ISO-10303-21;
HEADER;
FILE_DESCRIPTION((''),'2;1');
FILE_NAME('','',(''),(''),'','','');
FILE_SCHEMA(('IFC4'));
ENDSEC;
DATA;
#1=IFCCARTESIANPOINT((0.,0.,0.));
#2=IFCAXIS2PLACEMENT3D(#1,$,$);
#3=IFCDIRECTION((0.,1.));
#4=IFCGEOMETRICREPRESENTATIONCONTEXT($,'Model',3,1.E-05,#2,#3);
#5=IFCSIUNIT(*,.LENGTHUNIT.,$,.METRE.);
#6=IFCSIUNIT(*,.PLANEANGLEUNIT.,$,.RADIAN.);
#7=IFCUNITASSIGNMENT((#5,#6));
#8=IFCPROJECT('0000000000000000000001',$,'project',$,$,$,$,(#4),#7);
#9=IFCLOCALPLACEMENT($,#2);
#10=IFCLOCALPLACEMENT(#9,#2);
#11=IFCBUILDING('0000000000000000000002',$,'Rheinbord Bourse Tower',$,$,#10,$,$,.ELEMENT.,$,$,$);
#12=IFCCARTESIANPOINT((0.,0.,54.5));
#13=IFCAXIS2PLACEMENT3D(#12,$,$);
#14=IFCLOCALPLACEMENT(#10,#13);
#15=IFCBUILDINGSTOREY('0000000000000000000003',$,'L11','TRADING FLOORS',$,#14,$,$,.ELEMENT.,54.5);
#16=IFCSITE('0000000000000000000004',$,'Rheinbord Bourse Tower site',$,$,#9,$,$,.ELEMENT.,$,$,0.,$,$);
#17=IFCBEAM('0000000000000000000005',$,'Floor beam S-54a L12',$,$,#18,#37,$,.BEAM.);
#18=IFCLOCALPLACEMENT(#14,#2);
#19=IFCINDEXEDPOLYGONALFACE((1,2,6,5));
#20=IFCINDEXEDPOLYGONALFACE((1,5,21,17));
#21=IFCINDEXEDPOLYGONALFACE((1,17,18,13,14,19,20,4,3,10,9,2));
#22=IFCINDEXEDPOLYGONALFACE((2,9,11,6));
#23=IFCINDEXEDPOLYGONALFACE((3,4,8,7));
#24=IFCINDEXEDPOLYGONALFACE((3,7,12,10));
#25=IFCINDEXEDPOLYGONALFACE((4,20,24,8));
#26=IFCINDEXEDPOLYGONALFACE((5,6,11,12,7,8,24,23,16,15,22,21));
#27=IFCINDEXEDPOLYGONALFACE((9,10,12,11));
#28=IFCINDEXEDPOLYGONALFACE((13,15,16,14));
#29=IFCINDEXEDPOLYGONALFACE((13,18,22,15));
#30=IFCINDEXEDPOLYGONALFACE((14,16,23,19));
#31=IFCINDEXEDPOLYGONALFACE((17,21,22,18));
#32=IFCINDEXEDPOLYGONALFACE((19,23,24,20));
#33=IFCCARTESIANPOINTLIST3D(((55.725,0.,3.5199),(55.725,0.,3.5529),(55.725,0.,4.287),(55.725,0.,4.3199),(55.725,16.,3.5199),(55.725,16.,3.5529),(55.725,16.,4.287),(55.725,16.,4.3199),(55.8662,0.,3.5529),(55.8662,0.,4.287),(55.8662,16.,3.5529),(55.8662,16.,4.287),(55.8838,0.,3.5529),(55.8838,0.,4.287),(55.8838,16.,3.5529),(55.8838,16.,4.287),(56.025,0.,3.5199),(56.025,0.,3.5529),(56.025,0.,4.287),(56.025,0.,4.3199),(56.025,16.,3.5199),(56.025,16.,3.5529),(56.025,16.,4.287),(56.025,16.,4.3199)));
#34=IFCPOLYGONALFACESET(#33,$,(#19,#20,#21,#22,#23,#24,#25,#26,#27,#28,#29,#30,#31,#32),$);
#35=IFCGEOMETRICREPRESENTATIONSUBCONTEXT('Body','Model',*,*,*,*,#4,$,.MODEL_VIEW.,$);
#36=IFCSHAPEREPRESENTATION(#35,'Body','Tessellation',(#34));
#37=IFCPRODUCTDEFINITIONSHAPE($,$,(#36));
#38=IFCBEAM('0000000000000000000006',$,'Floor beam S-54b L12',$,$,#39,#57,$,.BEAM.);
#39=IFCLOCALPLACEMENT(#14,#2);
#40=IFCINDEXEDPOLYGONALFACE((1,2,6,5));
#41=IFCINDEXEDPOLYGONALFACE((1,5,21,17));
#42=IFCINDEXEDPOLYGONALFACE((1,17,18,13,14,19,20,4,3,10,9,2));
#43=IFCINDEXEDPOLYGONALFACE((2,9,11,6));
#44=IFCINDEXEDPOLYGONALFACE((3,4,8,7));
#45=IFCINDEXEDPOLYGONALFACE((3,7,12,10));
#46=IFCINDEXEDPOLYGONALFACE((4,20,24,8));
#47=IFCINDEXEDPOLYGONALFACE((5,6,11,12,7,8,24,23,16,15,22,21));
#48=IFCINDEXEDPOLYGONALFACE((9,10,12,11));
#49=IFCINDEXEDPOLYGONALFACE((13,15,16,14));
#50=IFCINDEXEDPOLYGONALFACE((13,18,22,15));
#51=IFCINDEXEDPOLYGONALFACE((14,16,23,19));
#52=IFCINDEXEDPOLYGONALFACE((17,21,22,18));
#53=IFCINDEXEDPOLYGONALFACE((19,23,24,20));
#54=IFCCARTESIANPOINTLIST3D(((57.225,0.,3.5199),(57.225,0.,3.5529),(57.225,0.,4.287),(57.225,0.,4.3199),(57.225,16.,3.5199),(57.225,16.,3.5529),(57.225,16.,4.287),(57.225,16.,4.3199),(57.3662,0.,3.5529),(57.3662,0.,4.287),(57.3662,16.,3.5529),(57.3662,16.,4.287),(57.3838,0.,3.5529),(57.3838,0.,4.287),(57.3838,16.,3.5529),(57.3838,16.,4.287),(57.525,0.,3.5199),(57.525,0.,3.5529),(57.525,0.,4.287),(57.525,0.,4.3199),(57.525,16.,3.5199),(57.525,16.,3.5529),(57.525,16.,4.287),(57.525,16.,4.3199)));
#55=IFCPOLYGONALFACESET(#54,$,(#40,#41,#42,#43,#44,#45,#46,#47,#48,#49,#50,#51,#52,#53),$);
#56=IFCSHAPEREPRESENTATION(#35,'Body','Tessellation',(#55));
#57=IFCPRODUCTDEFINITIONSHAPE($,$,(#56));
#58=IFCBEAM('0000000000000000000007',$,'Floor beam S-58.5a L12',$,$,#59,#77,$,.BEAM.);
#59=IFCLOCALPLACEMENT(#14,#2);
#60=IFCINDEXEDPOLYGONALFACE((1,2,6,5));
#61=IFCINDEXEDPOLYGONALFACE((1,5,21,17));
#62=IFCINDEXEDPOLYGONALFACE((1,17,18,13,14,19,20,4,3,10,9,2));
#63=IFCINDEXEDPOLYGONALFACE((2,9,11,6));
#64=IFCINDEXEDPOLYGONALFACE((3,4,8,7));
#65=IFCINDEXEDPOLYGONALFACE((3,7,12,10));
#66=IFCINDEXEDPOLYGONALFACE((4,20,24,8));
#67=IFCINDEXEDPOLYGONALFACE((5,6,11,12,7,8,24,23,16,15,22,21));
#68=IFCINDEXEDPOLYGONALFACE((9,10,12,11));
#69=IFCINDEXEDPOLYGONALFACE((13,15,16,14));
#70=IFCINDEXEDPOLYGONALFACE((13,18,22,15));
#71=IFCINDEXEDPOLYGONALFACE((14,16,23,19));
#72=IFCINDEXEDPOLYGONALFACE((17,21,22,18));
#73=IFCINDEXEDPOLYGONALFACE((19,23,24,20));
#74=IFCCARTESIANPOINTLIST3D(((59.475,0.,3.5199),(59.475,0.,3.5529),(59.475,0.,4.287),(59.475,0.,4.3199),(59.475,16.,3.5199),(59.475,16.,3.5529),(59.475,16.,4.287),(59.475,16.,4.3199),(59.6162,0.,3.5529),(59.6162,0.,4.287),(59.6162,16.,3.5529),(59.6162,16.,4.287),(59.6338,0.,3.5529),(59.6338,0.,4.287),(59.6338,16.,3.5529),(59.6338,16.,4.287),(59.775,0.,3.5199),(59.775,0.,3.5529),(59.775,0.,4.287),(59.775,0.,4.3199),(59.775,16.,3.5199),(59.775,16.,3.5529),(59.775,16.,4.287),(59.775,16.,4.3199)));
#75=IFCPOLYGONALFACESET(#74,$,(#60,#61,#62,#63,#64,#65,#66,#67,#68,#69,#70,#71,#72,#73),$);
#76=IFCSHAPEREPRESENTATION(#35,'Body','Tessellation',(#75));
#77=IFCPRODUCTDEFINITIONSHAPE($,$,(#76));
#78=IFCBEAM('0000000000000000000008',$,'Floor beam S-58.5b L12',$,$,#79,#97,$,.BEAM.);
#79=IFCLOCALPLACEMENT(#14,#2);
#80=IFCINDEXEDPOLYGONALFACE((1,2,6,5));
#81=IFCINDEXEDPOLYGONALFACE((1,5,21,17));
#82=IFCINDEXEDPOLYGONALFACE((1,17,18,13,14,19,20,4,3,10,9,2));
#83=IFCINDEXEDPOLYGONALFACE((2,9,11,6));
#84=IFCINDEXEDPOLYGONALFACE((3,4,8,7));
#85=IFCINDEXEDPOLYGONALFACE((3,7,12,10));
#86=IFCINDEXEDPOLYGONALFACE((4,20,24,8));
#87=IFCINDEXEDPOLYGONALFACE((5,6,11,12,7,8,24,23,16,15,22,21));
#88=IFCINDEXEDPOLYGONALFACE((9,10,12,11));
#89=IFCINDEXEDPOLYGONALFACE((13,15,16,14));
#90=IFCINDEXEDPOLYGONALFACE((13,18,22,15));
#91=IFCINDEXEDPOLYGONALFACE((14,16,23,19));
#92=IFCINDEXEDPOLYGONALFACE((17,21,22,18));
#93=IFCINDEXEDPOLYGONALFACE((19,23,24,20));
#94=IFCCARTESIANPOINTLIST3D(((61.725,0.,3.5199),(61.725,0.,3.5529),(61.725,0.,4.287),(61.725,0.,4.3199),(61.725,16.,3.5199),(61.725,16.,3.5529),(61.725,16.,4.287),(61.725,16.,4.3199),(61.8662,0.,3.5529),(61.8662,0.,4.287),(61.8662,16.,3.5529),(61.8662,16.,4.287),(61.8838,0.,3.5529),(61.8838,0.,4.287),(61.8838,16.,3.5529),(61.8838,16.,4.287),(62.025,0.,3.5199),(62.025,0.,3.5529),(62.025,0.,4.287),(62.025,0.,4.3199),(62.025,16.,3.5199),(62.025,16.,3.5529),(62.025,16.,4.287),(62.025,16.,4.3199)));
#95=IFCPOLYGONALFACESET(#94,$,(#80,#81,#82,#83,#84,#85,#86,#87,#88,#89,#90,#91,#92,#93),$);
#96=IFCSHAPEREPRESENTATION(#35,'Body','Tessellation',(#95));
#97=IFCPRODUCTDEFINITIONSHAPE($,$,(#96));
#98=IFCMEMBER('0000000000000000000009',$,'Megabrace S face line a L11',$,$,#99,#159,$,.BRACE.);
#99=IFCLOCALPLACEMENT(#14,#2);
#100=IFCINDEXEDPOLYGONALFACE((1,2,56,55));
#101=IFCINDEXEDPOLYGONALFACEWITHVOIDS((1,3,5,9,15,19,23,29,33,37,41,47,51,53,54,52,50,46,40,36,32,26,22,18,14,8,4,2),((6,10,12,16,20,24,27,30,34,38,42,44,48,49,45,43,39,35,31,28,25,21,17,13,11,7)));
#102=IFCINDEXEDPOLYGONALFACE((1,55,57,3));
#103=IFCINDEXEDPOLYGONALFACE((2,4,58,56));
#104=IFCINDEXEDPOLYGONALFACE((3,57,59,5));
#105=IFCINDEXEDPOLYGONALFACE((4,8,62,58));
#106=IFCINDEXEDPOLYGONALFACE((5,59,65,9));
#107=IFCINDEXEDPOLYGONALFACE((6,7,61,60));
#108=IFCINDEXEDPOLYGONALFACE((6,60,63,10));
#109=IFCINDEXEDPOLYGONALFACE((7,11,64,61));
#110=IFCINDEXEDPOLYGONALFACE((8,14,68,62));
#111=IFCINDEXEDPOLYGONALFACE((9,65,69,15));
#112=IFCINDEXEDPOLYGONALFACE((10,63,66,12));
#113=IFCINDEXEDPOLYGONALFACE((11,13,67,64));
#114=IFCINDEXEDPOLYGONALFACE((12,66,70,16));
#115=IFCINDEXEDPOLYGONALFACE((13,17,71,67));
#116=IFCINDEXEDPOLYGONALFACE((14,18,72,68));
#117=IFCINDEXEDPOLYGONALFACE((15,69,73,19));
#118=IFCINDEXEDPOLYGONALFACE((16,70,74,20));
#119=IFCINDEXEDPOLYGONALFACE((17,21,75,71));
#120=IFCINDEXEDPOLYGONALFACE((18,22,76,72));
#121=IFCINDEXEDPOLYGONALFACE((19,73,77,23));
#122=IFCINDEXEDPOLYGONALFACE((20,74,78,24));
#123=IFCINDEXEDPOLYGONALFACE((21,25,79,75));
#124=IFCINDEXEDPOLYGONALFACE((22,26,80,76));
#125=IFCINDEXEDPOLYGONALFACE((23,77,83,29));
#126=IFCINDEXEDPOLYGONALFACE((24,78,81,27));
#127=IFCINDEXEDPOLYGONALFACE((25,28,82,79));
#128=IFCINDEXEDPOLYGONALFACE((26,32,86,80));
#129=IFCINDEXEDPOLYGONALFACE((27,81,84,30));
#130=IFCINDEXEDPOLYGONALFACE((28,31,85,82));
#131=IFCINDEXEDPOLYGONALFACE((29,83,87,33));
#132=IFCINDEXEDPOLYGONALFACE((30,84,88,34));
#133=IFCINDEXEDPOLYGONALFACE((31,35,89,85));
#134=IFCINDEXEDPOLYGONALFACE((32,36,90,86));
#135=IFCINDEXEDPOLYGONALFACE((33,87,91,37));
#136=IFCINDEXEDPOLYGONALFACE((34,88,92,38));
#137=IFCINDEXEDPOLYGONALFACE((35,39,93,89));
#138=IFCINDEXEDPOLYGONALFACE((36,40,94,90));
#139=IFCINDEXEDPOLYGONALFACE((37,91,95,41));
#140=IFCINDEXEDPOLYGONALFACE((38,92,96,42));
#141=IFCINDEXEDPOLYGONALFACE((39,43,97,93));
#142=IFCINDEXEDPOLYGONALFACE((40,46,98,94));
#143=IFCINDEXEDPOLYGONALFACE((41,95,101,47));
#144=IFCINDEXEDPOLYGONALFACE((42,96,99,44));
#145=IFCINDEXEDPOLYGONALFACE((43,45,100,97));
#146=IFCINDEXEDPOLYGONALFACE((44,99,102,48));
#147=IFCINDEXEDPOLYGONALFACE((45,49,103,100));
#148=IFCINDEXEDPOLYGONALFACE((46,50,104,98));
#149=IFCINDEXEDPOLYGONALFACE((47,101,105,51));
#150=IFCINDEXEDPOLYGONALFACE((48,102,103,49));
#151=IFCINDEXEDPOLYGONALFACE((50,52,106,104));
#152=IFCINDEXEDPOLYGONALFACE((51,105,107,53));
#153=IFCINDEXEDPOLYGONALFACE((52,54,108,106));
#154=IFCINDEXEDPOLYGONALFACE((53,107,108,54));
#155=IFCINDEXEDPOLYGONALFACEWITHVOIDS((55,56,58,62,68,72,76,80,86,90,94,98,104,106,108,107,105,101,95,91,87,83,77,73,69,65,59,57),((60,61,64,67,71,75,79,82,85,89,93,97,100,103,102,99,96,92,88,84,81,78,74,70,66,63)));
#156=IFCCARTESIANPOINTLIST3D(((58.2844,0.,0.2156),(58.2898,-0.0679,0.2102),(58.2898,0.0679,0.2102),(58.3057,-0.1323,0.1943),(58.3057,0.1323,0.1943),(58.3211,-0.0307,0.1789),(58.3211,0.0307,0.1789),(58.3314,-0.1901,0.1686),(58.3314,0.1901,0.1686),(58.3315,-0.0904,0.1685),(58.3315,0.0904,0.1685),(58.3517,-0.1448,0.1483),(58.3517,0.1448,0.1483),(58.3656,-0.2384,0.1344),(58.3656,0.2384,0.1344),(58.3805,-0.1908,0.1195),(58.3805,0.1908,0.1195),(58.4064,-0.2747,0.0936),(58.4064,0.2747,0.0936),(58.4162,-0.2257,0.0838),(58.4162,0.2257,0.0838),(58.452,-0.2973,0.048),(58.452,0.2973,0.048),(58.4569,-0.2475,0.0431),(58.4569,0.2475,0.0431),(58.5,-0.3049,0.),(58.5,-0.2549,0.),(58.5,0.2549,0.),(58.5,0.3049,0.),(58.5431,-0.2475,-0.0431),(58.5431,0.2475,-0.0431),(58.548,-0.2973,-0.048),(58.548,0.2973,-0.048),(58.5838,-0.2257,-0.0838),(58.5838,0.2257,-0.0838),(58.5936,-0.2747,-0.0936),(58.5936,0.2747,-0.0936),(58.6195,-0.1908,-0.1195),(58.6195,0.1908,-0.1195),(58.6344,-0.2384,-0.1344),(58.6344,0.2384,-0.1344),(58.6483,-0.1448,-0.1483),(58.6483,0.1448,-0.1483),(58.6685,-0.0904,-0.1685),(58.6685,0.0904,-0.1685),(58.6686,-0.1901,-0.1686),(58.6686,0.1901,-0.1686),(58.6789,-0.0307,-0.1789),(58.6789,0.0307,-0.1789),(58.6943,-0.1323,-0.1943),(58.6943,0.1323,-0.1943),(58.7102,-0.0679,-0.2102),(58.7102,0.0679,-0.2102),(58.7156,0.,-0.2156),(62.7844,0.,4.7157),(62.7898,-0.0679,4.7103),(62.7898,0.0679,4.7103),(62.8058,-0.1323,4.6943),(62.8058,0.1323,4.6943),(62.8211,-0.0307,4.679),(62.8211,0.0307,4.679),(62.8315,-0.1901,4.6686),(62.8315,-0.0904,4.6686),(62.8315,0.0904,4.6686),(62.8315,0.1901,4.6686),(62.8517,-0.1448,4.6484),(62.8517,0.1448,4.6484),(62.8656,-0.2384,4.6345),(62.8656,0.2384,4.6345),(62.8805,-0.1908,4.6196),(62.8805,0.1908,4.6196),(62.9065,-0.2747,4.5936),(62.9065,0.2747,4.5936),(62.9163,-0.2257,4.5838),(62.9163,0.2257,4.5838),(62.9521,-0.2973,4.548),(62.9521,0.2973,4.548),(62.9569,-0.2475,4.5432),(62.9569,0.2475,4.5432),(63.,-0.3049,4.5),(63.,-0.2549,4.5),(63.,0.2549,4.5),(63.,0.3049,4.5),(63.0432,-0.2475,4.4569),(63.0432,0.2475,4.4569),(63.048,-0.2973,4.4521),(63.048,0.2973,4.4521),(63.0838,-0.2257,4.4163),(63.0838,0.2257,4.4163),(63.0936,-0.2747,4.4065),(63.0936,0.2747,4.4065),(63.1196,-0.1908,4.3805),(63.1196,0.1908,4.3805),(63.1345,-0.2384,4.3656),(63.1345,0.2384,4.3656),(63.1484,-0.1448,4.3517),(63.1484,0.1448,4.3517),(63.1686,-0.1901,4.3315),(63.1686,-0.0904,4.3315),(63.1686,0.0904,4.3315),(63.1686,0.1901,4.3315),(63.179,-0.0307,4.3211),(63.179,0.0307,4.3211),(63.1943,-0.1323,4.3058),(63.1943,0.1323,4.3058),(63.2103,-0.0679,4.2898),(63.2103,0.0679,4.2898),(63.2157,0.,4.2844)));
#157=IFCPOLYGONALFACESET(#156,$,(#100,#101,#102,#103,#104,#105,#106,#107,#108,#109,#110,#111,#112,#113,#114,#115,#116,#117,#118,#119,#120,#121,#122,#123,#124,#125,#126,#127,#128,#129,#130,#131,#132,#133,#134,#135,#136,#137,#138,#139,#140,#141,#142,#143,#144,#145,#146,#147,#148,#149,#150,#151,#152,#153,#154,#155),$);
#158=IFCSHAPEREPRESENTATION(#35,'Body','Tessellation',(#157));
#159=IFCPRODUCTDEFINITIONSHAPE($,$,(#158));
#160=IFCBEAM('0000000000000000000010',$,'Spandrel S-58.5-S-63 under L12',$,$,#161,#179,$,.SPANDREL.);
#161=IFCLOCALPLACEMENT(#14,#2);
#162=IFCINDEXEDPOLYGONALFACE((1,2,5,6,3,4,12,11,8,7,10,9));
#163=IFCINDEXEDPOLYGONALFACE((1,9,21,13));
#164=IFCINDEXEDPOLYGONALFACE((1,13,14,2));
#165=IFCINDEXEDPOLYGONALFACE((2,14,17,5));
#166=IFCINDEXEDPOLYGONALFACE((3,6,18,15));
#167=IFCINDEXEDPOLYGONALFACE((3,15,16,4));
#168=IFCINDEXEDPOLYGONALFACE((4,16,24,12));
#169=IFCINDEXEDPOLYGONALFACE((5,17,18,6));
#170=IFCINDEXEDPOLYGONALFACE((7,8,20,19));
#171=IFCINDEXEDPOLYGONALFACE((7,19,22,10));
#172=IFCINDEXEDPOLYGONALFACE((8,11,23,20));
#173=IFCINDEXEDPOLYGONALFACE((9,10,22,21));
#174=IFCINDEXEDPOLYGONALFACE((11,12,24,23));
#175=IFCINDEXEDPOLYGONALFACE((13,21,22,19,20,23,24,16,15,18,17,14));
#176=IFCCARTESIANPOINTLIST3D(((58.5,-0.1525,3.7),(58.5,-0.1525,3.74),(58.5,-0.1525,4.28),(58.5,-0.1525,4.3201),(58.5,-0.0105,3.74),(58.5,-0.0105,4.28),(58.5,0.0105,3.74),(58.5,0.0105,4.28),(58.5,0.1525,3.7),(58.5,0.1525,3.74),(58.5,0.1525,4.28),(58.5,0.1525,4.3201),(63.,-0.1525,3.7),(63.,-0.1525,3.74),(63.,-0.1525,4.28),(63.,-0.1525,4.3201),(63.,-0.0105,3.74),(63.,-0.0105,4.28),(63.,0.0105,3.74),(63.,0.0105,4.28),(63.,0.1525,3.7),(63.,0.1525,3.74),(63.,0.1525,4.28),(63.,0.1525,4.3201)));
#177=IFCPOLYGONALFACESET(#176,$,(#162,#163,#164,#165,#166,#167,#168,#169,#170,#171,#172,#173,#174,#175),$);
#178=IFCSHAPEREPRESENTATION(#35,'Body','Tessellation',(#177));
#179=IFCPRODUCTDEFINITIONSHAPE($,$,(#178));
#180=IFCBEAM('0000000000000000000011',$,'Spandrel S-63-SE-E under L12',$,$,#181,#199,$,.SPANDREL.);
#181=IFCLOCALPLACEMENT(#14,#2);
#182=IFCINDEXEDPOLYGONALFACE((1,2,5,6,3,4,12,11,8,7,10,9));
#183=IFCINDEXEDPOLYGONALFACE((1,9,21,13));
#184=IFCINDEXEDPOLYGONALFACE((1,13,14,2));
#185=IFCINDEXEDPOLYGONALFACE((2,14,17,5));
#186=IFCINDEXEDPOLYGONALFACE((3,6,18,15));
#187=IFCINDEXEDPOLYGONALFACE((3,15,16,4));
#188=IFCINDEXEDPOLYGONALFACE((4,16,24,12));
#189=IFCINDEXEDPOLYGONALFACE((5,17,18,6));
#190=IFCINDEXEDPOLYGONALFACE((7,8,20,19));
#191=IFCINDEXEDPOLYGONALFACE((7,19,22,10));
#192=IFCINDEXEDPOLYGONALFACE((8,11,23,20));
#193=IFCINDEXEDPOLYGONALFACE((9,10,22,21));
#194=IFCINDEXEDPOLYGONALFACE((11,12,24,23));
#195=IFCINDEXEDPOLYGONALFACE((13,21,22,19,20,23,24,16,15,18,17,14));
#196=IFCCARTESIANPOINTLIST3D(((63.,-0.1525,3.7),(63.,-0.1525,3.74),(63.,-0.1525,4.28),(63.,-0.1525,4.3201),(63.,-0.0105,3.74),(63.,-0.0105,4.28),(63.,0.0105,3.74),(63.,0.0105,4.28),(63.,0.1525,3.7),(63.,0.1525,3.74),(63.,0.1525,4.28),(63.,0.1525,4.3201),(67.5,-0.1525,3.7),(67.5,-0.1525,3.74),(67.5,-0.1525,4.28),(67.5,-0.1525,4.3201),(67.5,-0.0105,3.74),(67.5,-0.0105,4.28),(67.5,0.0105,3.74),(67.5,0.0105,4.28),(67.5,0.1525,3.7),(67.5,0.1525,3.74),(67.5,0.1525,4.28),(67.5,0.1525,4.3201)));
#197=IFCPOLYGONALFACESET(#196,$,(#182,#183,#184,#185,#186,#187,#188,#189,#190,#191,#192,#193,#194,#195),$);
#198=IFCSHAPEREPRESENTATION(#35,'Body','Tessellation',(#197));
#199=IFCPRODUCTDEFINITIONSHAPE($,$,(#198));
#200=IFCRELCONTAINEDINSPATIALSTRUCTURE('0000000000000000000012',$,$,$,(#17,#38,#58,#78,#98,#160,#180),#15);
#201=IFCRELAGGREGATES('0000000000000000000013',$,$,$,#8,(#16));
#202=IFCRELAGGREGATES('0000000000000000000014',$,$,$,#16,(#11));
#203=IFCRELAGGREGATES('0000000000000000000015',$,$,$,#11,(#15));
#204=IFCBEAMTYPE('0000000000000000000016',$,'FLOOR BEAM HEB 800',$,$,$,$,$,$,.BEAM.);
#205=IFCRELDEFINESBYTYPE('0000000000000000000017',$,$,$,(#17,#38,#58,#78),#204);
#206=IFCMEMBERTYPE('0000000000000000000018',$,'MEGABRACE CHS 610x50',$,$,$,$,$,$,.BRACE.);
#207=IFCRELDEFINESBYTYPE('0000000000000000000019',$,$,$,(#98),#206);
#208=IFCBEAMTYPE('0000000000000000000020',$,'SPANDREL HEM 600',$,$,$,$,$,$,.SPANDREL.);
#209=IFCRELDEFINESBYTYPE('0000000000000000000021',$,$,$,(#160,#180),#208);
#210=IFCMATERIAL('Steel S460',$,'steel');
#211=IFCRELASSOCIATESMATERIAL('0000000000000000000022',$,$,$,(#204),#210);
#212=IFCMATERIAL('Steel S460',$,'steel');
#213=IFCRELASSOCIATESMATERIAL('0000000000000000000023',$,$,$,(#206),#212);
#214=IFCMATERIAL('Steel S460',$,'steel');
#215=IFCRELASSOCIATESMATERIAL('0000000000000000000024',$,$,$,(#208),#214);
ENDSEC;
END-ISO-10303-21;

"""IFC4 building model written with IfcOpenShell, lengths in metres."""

from ifc_helpers import new_model, si_unit, direction, frame, origin, origin_2d, place, context, subcontext, project, spatial, hollow_circle, i_section, extrude, material, material_profile, profile_set, type_object, element, save


model = new_model("IFC4")

# Units and contexts
model_context = context("Model", 3, precision=1e-05, world=origin(), true_north=direction((0.0, 1.0)))
body_context = subcontext(model_context, "Body", "Model", "MODEL_VIEW")
ifc_project = project(units=[si_unit("LENGTHUNIT", "METRE"), si_unit("PLANEANGLEUNIT", "RADIAN")], contexts=[model_context])

# Site, building, storey
site_placement = place(None, origin())
site = spatial("IfcSite", under=ifc_project, at=site_placement, Name="Rheinbord Bourse Tower site", CompositionType="ELEMENT", RefElevation=0.0)
building_placement = place(site_placement, origin())
building = spatial("IfcBuilding", under=site, at=building_placement, Name="Rheinbord Bourse Tower", CompositionType="ELEMENT")
storey_placement = place(building_placement, frame((0.0, 0.0, 54.5)))
storey = spatial("IfcBuildingStorey", under=building, at=storey_placement, Name="L11", Description="TRADING FLOORS", CompositionType="ELEMENT", Elevation=54.5)

# Beams
ifc_material_1 = material(Name="Steel S460", Category="steel")
ifc_material_profile_1 = material_profile(ifc_material_1, i_section(OverallWidth=0.3, OverallDepth=0.8, WebThickness=0.0176, FlangeThickness=0.033, at=origin_2d()), Name="HEB 800")
ifc_profile_set_1 = profile_set([ifc_material_profile_1], Name="Steel S460")
beam_type_1 = type_object("IfcBeamType", Name="FLOOR BEAM HEB 800", PredefinedType="BEAM", material=ifc_profile_set_1)
for number, where, z_axis, x_axis, name in (
    (1, (55.875, 0.0, 3.9199), (0.0, 1.0, 0.0), (-1.0, 0.0, 0.0), "Floor beam S-54a L12"),
    (2, (57.375, 0.0, 3.9199), (0.0, 1.0, 0.0), (-1.0, 0.0, 0.0), "Floor beam S-54b L12"),
    (3, (59.625, 0.0, 3.9199), (0.0, 1.0, 0.0), (-1.0, 0.0, 0.0), "Floor beam S-58.5a L12"),
    (4, (61.875, 0.0, 3.9199), (0.0, 1.0, 0.0), (-1.0, 0.0, 0.0), "Floor beam S-58.5b L12"),
):
    element("IfcBeam", number, at=place(storey_placement, frame(where, z_axis=z_axis, x_axis=x_axis)), inside=storey, type_object=beam_type_1, Name=name, PredefinedType="BEAM", context=body_context, shape_type="SweptSolid", body=[
        extrude(i_section(OverallWidth=0.3, OverallDepth=0.8, WebThickness=0.0176, FlangeThickness=0.033, at=origin_2d()), origin(), (0.0, 0.0, 1.0), 16.0),
    ])

# Member
ifc_material_2 = material(Name="Steel S460", Category="steel")
ifc_material_profile_2 = material_profile(ifc_material_2, hollow_circle(Radius=0.3049, WallThickness=0.05, at=origin_2d()), Name="CHS 610x50")
ifc_profile_set_2 = profile_set([ifc_material_profile_2], Name="Steel S460")
member_type_1 = type_object("IfcMemberType", Name="MEGABRACE CHS 610x50", PredefinedType="BRACE", material=ifc_profile_set_2)
member_1_placement = place(storey_placement, frame((58.5, 0.0, 0.0), z_axis=(0.707107, 0.0, 0.707107), x_axis=(0.0, 1.0, 0.0)))
element("IfcMember", 5, at=member_1_placement, inside=storey, type_object=member_type_1, Name="Megabrace S face line a L11", PredefinedType="BRACE", context=body_context, shape_type="SweptSolid", body=[
    extrude(hollow_circle(Radius=0.3049, WallThickness=0.05, at=origin_2d()), origin(), (0.0, 0.0, 1.0), 6.364),
])

# Beams
ifc_material_3 = material(Name="Steel S460", Category="steel")
ifc_material_profile_3 = material_profile(ifc_material_3, i_section(OverallWidth=0.3049, OverallDepth=0.6201, WebThickness=0.021, FlangeThickness=0.04, at=origin_2d()), Name="HEM 600")
ifc_profile_set_3 = profile_set([ifc_material_profile_3], Name="Steel S460")
beam_type_2 = type_object("IfcBeamType", Name="SPANDREL HEM 600", PredefinedType="SPANDREL", material=ifc_profile_set_3)
for number, where, z_axis, x_axis, name in (
    (6, (58.5, 0.0, 4.01), (1.0, 0.0, 0.0), (0.0, 1.0, 0.0), "Spandrel S-58.5-S-63 under L12"),
    (7, (63.0, 0.0, 4.01), (1.0, 0.0, 0.0), (0.0, 1.0, 0.0), "Spandrel S-63-SE-E under L12"),
):
    element("IfcBeam", number, at=place(storey_placement, frame(where, z_axis=z_axis, x_axis=x_axis)), inside=storey, type_object=beam_type_2, Name=name, PredefinedType="SPANDREL", context=body_context, shape_type="SweptSolid", body=[
        extrude(i_section(OverallWidth=0.3049, OverallDepth=0.6201, WebThickness=0.021, FlangeThickness=0.04, at=origin_2d()), origin(), (0.0, 0.0, 1.0), 4.5),
    ])

save(model, "model.ifc")
